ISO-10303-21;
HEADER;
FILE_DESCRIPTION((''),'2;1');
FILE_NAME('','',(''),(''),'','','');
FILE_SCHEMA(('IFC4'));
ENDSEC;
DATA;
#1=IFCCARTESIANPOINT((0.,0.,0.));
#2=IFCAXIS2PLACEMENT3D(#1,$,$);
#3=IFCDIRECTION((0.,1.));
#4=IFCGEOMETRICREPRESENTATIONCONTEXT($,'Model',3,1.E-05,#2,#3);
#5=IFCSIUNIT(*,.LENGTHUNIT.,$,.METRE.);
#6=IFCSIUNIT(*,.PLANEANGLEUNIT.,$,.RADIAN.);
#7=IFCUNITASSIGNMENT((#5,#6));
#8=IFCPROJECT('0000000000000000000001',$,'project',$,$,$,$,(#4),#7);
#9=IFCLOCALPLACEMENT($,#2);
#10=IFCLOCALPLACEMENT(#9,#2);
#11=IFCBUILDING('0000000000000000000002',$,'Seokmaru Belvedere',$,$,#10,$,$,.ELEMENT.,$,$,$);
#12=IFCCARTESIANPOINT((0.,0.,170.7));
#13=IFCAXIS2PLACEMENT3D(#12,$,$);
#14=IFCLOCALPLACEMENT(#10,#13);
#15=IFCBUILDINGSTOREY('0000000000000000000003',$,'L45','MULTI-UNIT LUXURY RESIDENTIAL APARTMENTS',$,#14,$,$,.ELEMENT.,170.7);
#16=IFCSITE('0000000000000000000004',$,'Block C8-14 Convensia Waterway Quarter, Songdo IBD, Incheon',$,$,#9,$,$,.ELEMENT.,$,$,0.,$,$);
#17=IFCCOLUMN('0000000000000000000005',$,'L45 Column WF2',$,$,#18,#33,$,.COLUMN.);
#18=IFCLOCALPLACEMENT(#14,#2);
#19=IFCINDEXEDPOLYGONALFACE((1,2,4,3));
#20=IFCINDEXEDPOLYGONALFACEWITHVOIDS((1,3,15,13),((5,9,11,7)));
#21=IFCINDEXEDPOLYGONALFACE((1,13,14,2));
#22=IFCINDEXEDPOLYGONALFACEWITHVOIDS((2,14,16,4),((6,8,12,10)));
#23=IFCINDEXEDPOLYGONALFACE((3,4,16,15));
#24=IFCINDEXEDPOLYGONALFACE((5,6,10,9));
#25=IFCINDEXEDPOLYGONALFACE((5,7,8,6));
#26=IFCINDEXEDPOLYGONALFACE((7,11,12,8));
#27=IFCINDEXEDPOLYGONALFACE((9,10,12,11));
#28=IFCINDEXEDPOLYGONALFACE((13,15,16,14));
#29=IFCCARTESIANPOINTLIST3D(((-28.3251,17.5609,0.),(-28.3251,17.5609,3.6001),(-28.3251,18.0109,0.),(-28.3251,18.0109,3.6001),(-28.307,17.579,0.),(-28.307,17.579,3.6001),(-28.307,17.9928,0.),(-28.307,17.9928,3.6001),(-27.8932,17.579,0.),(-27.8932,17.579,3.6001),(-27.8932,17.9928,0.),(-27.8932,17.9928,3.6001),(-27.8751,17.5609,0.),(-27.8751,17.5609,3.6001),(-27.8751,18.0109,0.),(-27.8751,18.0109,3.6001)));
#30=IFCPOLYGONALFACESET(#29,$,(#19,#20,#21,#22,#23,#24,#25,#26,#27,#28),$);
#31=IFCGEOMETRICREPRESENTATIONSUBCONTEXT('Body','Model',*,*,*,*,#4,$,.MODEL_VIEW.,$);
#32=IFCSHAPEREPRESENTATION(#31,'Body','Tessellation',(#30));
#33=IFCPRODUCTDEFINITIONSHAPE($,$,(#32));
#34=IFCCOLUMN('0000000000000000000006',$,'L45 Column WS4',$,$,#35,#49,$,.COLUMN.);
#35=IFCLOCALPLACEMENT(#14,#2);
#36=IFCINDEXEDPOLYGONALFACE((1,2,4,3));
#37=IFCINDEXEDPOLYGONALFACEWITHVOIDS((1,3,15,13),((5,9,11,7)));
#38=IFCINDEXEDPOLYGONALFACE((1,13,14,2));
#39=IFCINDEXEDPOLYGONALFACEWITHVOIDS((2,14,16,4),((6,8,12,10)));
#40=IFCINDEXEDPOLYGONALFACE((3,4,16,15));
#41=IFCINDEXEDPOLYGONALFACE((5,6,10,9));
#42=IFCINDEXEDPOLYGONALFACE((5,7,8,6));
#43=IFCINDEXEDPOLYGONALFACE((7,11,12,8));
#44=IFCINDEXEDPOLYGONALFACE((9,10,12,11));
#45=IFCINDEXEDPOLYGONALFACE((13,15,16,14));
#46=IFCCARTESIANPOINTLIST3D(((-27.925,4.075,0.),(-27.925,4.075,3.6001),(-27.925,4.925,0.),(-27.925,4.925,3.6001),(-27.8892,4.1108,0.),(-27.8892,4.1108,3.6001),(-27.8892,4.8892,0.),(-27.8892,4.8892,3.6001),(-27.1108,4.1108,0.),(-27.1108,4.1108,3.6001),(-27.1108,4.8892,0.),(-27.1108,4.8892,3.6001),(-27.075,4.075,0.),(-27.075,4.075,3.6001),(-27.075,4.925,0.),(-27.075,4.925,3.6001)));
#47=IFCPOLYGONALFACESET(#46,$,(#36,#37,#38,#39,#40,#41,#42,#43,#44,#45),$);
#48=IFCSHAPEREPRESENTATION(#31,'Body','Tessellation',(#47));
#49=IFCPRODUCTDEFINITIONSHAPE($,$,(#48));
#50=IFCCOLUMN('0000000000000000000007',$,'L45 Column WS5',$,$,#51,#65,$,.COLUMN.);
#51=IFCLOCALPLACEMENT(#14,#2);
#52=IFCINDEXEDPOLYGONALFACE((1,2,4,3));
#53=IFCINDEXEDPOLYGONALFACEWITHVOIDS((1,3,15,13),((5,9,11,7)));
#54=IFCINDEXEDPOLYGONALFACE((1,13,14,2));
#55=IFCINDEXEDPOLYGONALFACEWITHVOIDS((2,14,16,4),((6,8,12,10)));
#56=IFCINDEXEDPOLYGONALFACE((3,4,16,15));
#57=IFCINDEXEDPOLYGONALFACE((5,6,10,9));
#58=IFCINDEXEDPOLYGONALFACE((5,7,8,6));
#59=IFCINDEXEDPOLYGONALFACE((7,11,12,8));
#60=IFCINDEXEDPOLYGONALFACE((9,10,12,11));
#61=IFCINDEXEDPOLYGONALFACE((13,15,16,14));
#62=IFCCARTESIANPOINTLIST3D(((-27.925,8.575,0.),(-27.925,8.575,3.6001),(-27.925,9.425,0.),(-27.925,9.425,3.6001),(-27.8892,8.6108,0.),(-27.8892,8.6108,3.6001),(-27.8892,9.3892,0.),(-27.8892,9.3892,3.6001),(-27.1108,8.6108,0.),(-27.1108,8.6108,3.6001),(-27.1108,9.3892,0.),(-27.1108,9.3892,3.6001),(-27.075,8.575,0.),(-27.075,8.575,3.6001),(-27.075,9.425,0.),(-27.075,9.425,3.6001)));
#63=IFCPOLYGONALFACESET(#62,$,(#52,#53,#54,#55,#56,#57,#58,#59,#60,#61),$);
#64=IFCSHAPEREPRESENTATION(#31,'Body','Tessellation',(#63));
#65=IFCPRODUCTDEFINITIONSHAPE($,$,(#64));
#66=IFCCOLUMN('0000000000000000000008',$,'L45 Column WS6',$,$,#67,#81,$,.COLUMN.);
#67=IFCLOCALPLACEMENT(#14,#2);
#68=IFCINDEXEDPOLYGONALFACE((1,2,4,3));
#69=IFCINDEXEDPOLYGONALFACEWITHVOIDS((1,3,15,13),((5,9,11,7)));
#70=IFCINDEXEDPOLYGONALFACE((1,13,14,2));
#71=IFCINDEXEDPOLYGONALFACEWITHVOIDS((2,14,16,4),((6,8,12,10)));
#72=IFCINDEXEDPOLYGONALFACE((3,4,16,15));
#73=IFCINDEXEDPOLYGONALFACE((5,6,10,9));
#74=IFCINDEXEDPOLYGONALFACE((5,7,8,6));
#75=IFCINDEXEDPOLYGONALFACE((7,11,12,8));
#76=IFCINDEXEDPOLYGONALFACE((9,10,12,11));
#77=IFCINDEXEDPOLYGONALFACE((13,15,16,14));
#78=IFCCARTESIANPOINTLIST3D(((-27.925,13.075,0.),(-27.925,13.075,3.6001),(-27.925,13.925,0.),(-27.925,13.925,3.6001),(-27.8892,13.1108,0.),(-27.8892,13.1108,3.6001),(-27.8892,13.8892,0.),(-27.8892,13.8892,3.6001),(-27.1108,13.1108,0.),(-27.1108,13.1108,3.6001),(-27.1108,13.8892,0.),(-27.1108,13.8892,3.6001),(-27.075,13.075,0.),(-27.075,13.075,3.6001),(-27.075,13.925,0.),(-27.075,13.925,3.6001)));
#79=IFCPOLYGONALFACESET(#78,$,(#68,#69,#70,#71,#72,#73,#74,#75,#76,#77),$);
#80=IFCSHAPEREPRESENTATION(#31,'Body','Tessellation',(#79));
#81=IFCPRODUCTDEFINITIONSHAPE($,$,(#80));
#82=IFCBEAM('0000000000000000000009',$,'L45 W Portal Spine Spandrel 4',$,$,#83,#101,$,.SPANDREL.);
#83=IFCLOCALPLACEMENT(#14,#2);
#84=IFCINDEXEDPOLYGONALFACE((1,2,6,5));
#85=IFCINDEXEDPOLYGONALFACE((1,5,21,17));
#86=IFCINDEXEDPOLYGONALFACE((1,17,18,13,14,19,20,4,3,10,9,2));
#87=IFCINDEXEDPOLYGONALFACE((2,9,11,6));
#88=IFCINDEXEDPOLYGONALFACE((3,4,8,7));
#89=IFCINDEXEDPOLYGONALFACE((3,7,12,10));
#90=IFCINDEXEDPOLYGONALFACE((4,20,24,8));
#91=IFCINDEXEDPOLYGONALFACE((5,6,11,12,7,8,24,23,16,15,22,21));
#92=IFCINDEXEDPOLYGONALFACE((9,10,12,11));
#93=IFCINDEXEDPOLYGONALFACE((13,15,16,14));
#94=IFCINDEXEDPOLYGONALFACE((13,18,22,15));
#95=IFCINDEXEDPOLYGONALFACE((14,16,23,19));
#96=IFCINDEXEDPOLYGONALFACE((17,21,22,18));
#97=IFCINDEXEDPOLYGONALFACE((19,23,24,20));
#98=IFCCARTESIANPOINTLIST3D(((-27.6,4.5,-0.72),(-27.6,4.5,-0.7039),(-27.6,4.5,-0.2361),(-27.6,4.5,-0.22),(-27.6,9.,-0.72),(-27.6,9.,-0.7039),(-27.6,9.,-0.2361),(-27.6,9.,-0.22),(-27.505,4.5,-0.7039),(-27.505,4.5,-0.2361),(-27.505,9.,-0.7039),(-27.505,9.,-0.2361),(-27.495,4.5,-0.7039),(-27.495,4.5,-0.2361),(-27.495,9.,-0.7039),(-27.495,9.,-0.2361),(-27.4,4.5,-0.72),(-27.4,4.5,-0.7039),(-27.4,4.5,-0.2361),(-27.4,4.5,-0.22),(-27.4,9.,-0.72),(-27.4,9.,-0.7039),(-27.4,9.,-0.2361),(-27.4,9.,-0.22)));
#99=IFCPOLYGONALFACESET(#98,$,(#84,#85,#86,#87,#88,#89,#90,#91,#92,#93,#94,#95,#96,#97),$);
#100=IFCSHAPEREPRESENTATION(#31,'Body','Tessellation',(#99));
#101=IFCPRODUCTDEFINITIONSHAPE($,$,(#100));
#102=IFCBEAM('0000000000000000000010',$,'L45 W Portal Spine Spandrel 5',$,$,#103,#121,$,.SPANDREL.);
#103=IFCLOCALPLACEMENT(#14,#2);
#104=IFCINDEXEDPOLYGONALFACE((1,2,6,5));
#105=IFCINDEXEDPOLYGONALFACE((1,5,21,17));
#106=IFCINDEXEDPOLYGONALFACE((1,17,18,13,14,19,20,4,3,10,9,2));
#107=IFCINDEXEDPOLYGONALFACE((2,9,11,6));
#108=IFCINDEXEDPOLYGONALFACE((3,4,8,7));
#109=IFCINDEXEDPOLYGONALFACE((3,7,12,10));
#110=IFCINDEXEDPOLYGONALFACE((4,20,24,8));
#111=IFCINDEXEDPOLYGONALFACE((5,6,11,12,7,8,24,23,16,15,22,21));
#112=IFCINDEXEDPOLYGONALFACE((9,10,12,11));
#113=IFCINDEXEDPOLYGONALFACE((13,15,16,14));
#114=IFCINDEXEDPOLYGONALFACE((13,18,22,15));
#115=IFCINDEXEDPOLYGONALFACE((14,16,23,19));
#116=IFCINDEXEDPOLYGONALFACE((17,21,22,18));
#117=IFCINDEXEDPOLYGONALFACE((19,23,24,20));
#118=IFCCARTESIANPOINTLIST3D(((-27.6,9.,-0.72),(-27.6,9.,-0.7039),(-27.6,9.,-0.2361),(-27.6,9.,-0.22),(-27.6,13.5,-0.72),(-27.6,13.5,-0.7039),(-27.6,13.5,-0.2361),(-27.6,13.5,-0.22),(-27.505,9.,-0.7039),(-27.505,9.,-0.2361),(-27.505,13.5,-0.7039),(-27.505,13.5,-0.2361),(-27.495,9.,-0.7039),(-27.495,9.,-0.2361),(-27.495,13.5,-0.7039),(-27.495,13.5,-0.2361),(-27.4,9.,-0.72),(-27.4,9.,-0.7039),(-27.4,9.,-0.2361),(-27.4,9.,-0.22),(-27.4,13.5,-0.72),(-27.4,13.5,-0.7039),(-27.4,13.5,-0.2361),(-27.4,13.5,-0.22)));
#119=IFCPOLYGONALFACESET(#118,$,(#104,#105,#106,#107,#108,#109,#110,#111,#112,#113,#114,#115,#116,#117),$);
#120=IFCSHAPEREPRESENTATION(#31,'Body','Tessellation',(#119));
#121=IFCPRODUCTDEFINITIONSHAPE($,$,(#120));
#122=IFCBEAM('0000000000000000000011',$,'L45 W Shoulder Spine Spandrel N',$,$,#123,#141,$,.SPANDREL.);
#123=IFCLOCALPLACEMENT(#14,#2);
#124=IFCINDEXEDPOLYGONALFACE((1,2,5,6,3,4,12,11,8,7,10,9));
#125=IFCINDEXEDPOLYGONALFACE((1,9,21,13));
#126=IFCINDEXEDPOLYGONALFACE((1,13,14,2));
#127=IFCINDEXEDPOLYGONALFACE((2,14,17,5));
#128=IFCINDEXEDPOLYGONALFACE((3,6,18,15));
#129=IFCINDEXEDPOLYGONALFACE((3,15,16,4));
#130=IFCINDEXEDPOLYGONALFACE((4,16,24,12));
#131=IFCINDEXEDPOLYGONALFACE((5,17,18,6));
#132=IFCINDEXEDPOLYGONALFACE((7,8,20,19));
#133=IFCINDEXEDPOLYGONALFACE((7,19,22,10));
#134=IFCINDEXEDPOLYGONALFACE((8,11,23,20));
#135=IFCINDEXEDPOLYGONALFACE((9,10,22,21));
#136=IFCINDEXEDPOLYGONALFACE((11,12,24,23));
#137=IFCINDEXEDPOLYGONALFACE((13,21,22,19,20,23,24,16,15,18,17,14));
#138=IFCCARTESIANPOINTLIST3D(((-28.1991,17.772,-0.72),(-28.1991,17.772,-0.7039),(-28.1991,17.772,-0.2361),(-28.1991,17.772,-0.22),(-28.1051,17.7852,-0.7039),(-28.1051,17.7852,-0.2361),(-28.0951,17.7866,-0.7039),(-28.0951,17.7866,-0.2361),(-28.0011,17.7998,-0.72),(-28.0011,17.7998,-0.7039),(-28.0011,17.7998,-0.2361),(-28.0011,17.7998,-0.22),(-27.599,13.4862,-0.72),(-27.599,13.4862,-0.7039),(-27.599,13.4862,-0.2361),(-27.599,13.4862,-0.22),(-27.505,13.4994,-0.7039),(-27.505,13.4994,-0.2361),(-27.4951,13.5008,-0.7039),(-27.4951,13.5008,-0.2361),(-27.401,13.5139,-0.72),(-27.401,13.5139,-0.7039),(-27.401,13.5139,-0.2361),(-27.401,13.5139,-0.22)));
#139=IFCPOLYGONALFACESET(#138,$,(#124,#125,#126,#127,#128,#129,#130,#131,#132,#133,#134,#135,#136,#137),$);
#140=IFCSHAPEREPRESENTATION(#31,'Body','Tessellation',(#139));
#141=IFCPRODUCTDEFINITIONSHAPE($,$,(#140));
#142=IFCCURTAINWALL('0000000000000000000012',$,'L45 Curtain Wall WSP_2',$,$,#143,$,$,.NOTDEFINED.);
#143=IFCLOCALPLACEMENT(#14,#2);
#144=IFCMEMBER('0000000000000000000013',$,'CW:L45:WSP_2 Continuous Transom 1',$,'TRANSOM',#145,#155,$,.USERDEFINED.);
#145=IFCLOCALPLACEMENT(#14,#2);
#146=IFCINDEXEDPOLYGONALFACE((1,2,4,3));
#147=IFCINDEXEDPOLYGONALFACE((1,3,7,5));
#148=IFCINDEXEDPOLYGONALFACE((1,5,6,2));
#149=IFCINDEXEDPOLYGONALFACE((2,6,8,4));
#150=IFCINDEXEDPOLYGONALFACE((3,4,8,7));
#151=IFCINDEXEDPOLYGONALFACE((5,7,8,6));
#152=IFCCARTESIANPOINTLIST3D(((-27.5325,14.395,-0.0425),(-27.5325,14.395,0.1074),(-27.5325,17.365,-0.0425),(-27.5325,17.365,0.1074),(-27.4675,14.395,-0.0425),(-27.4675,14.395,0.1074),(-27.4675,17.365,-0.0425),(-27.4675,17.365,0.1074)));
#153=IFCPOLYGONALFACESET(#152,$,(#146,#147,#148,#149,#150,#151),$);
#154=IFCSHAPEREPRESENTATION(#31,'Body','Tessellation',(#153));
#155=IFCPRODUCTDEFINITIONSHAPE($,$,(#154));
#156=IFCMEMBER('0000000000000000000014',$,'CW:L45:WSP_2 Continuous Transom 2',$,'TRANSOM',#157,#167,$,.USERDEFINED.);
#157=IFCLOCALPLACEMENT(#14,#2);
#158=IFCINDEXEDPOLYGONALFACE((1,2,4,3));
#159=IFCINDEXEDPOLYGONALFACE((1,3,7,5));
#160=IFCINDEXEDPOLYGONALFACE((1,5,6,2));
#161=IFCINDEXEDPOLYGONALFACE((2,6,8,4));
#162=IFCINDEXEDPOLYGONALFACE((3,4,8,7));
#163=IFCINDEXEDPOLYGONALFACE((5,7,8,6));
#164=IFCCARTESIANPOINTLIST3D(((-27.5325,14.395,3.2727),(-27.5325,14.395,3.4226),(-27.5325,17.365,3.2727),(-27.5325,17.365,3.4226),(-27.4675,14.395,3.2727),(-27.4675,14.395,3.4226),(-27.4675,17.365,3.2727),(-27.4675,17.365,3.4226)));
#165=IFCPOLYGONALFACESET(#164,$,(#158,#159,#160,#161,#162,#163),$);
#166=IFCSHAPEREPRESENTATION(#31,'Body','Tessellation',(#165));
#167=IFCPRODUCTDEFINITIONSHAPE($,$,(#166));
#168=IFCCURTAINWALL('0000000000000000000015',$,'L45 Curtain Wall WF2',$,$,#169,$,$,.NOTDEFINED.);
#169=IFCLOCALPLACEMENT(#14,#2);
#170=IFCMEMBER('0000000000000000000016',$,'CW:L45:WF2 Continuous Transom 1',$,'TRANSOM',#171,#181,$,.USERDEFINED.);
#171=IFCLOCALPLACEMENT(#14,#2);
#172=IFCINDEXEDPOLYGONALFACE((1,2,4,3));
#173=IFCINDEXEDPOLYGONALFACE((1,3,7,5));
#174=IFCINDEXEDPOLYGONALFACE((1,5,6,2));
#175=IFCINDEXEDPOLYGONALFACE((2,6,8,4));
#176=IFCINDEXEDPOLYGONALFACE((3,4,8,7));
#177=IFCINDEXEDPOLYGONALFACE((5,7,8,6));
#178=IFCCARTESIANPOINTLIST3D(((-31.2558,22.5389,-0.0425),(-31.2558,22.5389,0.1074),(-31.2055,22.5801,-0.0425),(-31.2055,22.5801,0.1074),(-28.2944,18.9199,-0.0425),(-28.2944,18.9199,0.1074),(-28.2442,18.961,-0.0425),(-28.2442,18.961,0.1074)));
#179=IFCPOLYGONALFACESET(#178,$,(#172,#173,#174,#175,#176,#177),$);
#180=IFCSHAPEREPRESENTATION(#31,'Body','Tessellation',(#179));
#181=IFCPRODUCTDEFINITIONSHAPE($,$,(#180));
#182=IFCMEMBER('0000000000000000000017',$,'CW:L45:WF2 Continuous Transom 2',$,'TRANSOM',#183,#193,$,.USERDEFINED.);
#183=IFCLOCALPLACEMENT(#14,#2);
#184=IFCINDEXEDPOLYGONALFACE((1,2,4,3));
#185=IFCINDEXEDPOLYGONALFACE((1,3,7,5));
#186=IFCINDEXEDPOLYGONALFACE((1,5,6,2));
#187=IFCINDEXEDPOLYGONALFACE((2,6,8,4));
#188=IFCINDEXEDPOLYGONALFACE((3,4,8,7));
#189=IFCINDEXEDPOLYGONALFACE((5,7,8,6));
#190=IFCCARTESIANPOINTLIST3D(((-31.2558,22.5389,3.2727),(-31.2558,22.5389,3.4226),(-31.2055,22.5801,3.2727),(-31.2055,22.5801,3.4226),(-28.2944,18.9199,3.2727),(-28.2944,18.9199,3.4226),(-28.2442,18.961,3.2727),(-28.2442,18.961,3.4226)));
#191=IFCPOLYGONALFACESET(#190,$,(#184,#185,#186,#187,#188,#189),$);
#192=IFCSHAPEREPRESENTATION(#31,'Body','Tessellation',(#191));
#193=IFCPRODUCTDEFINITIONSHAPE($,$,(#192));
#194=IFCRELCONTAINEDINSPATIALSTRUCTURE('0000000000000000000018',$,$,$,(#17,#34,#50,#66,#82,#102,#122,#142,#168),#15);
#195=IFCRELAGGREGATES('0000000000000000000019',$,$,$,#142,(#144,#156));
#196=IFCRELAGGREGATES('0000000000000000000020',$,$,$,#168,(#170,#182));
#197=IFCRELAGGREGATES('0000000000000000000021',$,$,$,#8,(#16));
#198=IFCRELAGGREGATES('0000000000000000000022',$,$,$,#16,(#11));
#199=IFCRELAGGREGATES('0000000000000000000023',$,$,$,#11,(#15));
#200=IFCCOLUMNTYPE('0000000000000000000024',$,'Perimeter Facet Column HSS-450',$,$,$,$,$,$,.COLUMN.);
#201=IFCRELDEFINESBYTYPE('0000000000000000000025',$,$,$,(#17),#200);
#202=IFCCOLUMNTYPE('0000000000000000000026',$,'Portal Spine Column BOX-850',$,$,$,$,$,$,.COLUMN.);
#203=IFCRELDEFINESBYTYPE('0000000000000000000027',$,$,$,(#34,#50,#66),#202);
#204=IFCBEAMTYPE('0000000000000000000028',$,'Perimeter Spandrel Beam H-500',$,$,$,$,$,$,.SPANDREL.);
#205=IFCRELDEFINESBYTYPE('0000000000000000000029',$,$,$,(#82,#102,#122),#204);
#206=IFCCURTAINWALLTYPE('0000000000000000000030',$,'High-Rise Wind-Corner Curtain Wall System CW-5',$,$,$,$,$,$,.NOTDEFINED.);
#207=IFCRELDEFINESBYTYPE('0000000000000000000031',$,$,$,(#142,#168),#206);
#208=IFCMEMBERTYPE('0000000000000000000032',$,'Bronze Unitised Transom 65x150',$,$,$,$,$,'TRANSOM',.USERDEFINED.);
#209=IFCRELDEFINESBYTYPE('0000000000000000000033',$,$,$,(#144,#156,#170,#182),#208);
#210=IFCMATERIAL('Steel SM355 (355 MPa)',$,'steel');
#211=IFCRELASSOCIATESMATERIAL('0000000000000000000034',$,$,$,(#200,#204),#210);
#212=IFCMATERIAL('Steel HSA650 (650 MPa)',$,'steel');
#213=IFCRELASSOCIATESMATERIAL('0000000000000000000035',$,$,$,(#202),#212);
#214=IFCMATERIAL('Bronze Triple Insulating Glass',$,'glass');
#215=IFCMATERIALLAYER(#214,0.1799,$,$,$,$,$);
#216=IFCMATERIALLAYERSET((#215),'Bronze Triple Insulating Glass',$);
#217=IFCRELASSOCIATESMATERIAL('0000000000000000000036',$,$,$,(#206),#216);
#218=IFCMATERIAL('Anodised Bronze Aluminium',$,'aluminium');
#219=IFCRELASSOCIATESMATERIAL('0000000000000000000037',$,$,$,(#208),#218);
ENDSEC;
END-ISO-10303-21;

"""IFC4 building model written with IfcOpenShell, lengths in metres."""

from ifc_helpers import new_model, si_unit, direction, frame, origin, origin_2d, place, context, subcontext, project, spatial, rectangle, hollow_rectangle, i_section, extrude, source, transform, mapped, material, layer, layer_set, material_profile, profile_set, type_object, type_shapes, element, aggregate, save


model = new_model("IFC4")

# Units and contexts
model_context = context("Model", 3, precision=1e-05, world=origin(), true_north=direction((0.0, 1.0)))
body_context = subcontext(model_context, "Body", "Model", "MODEL_VIEW")
ifc_project = project(units=[si_unit("LENGTHUNIT", "METRE"), si_unit("PLANEANGLEUNIT", "RADIAN")], contexts=[model_context])

# Site, building, storey
site_placement = place(None, origin())
site = spatial("IfcSite", under=ifc_project, at=site_placement, Name="Block C8-14 Convensia Waterway Quarter, Songdo IBD, Incheon", CompositionType="ELEMENT", RefElevation=0.0)
building_placement = place(site_placement, origin())
building = spatial("IfcBuilding", under=site, at=building_placement, Name="Seokmaru Belvedere", CompositionType="ELEMENT")
storey_placement = place(building_placement, frame((0.0, 0.0, 170.7)))
storey = spatial("IfcBuildingStorey", under=building, at=storey_placement, Name="L45", Description="MULTI-UNIT LUXURY RESIDENTIAL APARTMENTS", CompositionType="ELEMENT", Elevation=170.7)

# Columns
ifc_material_1 = material(Name="Steel SM355 (355 MPa)", Category="steel")
ifc_material_profile_1 = material_profile(ifc_material_1, hollow_rectangle(XDim=0.45, YDim=0.45, WallThickness=0.0181, at=origin_2d()), Name="HSS-450x450x18")
ifc_profile_set_1 = profile_set([ifc_material_profile_1], Name="Steel SM355 (355 MPa)")
column_type_1 = type_object("IfcColumnType", Name="Perimeter Facet Column HSS-450", PredefinedType="COLUMN", material=ifc_profile_set_1)
shared_shape_1 = source(origin(), body_context, "Body", "SweptSolid", [
    extrude(hollow_rectangle(XDim=0.45, YDim=0.45, WallThickness=0.0181, at=origin_2d()), origin(), (0.0, 0.0, 1.0), 3.6001),
])
type_shapes(column_type_1, [shared_shape_1])
column_placement = place(storey_placement, frame((-28.1001, 17.7859, 0.0), z_axis=(0.0, 0.0, 1.0), x_axis=(1.0, 0.0, 0.0)))
element("IfcColumn", 1, at=column_placement, inside=storey, type_object=column_type_1, Name="L45 Column WF2", PredefinedType="COLUMN", context=body_context, shape_type="MappedRepresentation", body=[
    mapped(shared_shape_1, transform((0.0, 0.0, 0.0), scale=1.0)),
])
ifc_material_2 = material(Name="Steel HSA650 (650 MPa)", Category="steel")
ifc_material_profile_2 = material_profile(ifc_material_2, hollow_rectangle(XDim=0.8501, YDim=0.8501, WallThickness=0.0359, at=origin_2d()), Name="BOX-850x850x36")
ifc_profile_set_2 = profile_set([ifc_material_profile_2], Name="Steel HSA650 (650 MPa)")
column_type_2 = type_object("IfcColumnType", Name="Portal Spine Column BOX-850", PredefinedType="COLUMN", material=ifc_profile_set_2)
shared_shape_2 = source(origin(), body_context, "Body", "SweptSolid", [
    extrude(hollow_rectangle(XDim=0.8501, YDim=0.8501, WallThickness=0.0359, at=origin_2d()), origin(), (0.0, 0.0, 1.0), 3.6001),
])
type_shapes(column_type_2, [shared_shape_2])
for number, where, z_axis, x_axis, name in (
    (2, (-27.5, 4.5, 0.0), (0.0, 0.0, 1.0), (1.0, 0.0, 0.0), "L45 Column WS4"),
    (3, (-27.5, 9.0, 0.0), (0.0, 0.0, 1.0), (1.0, 0.0, 0.0), "L45 Column WS5"),
    (4, (-27.5, 13.5, 0.0), (0.0, 0.0, 1.0), (1.0, 0.0, 0.0), "L45 Column WS6"),
):
    element("IfcColumn", number, at=place(storey_placement, frame(where, z_axis=z_axis, x_axis=x_axis)), inside=storey, type_object=column_type_2, Name=name, PredefinedType="COLUMN", context=body_context, shape_type="MappedRepresentation", body=[
        mapped(shared_shape_2, transform((0.0, 0.0, 0.0), scale=1.0)),
    ])

# Beams
ifc_material_profile_3 = material_profile(ifc_material_1, i_section(OverallWidth=0.2, OverallDepth=0.5, WebThickness=0.01, FlangeThickness=0.0161, at=origin_2d()), Name="H-500x200x10x16")
ifc_profile_set_3 = profile_set([ifc_material_profile_3], Name="Steel SM355 (355 MPa)")
beam_type = type_object("IfcBeamType", Name="Perimeter Spandrel Beam H-500", PredefinedType="SPANDREL", material=ifc_profile_set_3)
shared_shape_3 = source(origin(), body_context, "Body", "SweptSolid", [
    extrude(i_section(OverallWidth=0.2, OverallDepth=0.5, WebThickness=0.01, FlangeThickness=0.0161, at=origin_2d()), origin(), (0.0, 0.0, 1.0), 4.5),
])
for number, where, z_axis, x_axis, name in (
    (5, (-27.5, 4.5, -0.47), (0.0, 1.0, 0.0), (-1.0, 0.0, 0.0), "L45 W Portal Spine Spandrel 4"),
    (6, (-27.5, 9.0, -0.47), (0.0, 1.0, 0.0), (-1.0, 0.0, 0.0), "L45 W Portal Spine Spandrel 5"),
):
    element("IfcBeam", number, at=place(storey_placement, frame(where, z_axis=z_axis, x_axis=x_axis)), inside=storey, type_object=beam_type, Name=name, PredefinedType="SPANDREL", context=body_context, shape_type="MappedRepresentation", body=[
        mapped(shared_shape_3, transform((0.0, 0.0, 0.0), scale=1.0)),
    ])
shared_shape_4 = source(origin(), body_context, "Body", "SweptSolid", [
    extrude(i_section(OverallWidth=0.2, OverallDepth=0.5, WebThickness=0.01, FlangeThickness=0.0161, at=origin_2d()), origin(), (0.0, 0.0, 1.0), 4.3276),
])
type_shapes(beam_type, [shared_shape_3, shared_shape_4])
beam_placement = place(storey_placement, frame((-28.1001, 17.7859, -0.47), z_axis=(0.138664, -0.990339, 0.0), x_axis=(0.990339, 0.138664, 0.0)))
element("IfcBeam", 7, at=beam_placement, inside=storey, type_object=beam_type, Name="L45 W Shoulder Spine Spandrel N", PredefinedType="SPANDREL", context=body_context, shape_type="MappedRepresentation", body=[
    mapped(shared_shape_4, transform((0.0, 0.0, 0.0), scale=1.0)),
])

# Curtain walls, members
ifc_material_3 = material(Name="Bronze Triple Insulating Glass", Category="glass")
ifc_layer_1 = layer(ifc_material_3, 0.1799)
ifc_layer_set_1 = layer_set([ifc_layer_1], Name="Bronze Triple Insulating Glass")
curtain_wall_type = type_object("IfcCurtainWallType", Name="High-Rise Wind-Corner Curtain Wall System CW-5", PredefinedType="NOTDEFINED", material=ifc_layer_set_1)
curtain_wall_1_placement = place(storey_placement, origin())
curtain_wall_1 = element("IfcCurtainWall", 8, at=curtain_wall_1_placement, inside=storey, type_object=curtain_wall_type, Name="L45 Curtain Wall WSP_2", PredefinedType="NOTDEFINED")
ifc_material_4 = material(Name="Anodised Bronze Aluminium", Category="aluminium")
ifc_material_profile_4 = material_profile(ifc_material_4, rectangle(XDim=0.0649, YDim=0.1499, at=origin_2d()), Name="CW-T-65x150")
ifc_profile_set_4 = profile_set([ifc_material_profile_4], Name="Anodised Bronze Aluminium")
member_type_1 = type_object("IfcMemberType", Name="Bronze Unitised Transom 65x150", ElementType="TRANSOM", PredefinedType="USERDEFINED", material=ifc_profile_set_4)
shared_shape_5 = source(origin(), body_context, "Body", "SweptSolid", [
    extrude(rectangle(XDim=0.0649, YDim=0.1499, at=origin_2d()), origin(), (0.0, 0.0, 1.0), 2.97),
])
member_1_placement = place(storey_placement, frame((-27.5, 14.395, 0.0325), z_axis=(0.0, 1.0, 0.0), x_axis=(-1.0, 0.0, 0.0)))
member_1 = element("IfcMember", 9, at=member_1_placement, type_object=member_type_1, Name="CW:L45:WSP_2 Continuous Transom 1", ObjectType="TRANSOM", PredefinedType="USERDEFINED", context=body_context, shape_type="MappedRepresentation", body=[
    mapped(shared_shape_5, transform((0.0, 0.0, 0.0), scale=1.0)),
])
member_2_placement = place(storey_placement, frame((-27.5, 14.395, 3.3477), z_axis=(0.0, 1.0, 0.0), x_axis=(-1.0, 0.0, 0.0)))
member_2 = element("IfcMember", 10, at=member_2_placement, type_object=member_type_1, Name="CW:L45:WSP_2 Continuous Transom 2", ObjectType="TRANSOM", PredefinedType="USERDEFINED", context=body_context, shape_type="MappedRepresentation", body=[
    mapped(shared_shape_5, transform((0.0, 0.0, 0.0), scale=1.0)),
])
curtain_wall_2_placement = place(storey_placement, origin())
curtain_wall_2 = element("IfcCurtainWall", 11, at=curtain_wall_2_placement, inside=storey, type_object=curtain_wall_type, Name="L45 Curtain Wall WF2", PredefinedType="NOTDEFINED")
shared_shape_6 = source(origin(), body_context, "Body", "SweptSolid", [
    extrude(rectangle(XDim=0.0649, YDim=0.1499, at=origin_2d()), origin(), (0.0, 0.0, 1.0), 4.6763),
])
type_shapes(member_type_1, [shared_shape_5, shared_shape_6])
member_3_placement = place(storey_placement, frame((-28.2693, 18.9404, 0.0325), z_axis=(-0.633278, 0.773925, 0.0), x_axis=(-0.773925, -0.633278, 0.0)))
member_3 = element("IfcMember", 12, at=member_3_placement, type_object=member_type_1, Name="CW:L45:WF2 Continuous Transom 1", ObjectType="TRANSOM", PredefinedType="USERDEFINED", context=body_context, shape_type="MappedRepresentation", body=[
    mapped(shared_shape_6, transform((0.0, 0.0, 0.0), scale=1.0)),
])
member_4_placement = place(storey_placement, frame((-28.2693, 18.9404, 3.3477), z_axis=(-0.633278, 0.773925, 0.0), x_axis=(-0.773925, -0.633278, 0.0)))
member_4 = element("IfcMember", 13, at=member_4_placement, type_object=member_type_1, Name="CW:L45:WF2 Continuous Transom 2", ObjectType="TRANSOM", PredefinedType="USERDEFINED", context=body_context, shape_type="MappedRepresentation", body=[
    mapped(shared_shape_6, transform((0.0, 0.0, 0.0), scale=1.0)),
])

aggregate(curtain_wall_1, [member_1, member_2])
aggregate(curtain_wall_2, [member_3, member_4])

save(model, "model.ifc")
